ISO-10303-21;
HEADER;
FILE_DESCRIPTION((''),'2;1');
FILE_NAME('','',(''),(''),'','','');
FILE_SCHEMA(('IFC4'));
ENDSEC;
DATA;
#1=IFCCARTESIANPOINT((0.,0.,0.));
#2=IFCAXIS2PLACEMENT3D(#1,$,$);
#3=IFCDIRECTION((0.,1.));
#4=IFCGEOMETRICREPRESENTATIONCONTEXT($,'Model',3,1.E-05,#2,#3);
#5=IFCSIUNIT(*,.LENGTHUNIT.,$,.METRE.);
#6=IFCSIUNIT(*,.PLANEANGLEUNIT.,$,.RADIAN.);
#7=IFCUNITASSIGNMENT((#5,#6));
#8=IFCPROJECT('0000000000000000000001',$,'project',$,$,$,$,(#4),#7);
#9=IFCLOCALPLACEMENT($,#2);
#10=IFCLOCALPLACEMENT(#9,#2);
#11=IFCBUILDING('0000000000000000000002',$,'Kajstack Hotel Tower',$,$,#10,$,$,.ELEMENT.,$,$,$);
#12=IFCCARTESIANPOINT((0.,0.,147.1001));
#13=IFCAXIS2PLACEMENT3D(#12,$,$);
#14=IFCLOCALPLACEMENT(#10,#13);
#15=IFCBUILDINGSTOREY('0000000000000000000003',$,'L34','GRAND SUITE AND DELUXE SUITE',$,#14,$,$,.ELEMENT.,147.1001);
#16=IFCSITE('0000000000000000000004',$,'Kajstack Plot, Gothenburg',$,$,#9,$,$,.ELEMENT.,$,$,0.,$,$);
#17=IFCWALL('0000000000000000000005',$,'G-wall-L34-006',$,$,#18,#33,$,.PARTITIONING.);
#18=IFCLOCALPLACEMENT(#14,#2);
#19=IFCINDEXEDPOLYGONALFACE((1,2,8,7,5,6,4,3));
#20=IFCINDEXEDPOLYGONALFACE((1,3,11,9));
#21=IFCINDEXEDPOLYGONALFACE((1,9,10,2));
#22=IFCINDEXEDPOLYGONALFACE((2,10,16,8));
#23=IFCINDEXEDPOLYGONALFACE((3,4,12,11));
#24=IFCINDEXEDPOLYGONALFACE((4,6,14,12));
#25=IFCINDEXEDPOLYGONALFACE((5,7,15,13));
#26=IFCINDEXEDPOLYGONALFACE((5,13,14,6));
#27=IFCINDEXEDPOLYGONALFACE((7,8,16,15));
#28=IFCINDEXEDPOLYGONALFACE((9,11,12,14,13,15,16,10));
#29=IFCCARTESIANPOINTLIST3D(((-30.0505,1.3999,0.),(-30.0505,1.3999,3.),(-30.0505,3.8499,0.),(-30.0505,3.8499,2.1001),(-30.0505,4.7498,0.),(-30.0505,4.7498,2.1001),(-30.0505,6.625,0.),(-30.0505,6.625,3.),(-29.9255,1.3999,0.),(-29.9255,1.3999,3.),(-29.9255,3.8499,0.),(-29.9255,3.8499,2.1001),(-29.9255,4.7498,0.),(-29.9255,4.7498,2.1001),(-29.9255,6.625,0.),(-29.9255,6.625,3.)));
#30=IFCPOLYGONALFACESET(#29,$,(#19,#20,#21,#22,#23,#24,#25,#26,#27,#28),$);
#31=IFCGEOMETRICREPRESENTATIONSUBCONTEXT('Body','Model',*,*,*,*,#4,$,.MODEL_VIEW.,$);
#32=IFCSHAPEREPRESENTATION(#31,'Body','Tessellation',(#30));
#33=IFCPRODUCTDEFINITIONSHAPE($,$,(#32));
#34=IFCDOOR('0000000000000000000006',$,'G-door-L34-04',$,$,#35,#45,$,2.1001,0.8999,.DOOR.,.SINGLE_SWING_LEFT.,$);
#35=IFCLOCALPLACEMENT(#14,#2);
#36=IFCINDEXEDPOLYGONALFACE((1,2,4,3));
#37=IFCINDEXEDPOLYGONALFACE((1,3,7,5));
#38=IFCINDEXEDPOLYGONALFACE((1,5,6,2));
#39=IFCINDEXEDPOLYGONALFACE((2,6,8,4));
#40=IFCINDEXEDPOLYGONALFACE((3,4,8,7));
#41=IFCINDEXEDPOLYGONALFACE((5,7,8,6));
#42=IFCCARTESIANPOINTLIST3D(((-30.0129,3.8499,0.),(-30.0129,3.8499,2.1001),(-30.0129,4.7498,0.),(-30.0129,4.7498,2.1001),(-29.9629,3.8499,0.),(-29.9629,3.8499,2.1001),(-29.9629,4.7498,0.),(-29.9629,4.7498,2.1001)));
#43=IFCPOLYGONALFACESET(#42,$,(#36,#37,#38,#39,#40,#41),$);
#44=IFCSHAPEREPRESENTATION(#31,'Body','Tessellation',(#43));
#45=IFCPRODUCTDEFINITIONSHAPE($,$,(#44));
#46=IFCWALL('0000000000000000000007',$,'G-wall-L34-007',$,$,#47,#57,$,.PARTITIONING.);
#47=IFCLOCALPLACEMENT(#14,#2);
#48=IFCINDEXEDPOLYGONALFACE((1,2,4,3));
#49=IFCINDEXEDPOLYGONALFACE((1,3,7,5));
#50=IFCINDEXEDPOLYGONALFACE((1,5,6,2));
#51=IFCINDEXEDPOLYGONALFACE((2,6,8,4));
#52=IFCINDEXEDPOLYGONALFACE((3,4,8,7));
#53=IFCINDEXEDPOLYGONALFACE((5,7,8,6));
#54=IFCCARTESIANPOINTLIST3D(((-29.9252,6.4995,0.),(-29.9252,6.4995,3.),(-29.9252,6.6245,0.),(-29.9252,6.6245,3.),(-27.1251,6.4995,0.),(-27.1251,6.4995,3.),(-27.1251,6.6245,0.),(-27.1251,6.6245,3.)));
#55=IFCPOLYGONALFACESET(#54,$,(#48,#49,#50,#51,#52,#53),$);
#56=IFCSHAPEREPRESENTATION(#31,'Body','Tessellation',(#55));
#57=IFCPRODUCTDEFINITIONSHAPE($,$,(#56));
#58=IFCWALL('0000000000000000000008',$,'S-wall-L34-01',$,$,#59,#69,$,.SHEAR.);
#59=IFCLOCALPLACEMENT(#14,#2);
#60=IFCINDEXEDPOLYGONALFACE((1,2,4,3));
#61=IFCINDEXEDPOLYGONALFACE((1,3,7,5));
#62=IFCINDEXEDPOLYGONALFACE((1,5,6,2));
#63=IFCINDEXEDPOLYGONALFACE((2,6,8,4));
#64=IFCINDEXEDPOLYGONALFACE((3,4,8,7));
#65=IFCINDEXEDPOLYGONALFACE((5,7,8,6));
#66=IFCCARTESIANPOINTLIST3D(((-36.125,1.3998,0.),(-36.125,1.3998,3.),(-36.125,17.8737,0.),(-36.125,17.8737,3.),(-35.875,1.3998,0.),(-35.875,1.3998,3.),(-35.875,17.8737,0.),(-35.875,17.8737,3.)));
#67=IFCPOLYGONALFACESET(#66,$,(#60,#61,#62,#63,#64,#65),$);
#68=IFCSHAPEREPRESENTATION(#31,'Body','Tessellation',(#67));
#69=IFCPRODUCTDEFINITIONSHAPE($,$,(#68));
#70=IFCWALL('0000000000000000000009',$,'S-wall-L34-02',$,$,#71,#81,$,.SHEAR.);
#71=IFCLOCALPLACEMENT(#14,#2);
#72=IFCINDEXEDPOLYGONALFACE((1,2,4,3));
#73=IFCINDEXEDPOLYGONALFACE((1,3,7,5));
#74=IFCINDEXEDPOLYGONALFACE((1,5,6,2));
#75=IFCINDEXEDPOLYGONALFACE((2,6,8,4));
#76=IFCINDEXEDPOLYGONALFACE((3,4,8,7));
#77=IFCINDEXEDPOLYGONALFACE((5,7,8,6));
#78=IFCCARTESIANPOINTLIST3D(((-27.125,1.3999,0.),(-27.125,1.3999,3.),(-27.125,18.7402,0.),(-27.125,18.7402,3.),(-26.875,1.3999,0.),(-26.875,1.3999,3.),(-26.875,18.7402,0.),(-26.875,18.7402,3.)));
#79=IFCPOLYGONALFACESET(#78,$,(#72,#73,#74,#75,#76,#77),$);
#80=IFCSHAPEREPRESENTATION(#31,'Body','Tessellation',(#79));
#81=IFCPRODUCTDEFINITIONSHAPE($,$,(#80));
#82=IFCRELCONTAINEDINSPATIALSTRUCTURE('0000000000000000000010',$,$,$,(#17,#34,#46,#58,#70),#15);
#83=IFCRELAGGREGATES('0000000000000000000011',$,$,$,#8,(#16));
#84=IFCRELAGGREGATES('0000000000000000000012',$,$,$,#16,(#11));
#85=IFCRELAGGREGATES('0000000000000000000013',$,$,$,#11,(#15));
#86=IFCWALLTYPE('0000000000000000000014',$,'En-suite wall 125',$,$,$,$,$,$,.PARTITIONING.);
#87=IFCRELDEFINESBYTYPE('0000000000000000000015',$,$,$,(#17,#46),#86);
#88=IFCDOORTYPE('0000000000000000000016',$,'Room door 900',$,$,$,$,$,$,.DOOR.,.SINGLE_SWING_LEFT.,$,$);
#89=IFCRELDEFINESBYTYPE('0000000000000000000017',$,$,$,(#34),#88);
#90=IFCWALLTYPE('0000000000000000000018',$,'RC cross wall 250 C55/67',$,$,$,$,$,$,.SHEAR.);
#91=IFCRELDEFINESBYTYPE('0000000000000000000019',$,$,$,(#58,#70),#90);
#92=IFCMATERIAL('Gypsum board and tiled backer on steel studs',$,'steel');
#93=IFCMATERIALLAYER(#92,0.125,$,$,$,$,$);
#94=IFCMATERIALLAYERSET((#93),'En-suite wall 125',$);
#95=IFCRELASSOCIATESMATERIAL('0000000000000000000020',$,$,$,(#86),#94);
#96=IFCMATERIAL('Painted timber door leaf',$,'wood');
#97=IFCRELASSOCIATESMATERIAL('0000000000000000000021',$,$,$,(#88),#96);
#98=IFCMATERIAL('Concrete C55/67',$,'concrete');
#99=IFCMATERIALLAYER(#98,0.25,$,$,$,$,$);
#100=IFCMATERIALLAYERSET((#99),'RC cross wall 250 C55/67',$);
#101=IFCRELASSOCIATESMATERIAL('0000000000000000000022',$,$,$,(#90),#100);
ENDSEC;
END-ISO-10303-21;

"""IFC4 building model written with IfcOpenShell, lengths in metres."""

from ifc_helpers import new_model, si_unit, direction, frame, frame_2d, origin, place, context, subcontext, project, spatial, rectangle, extrude, material, layer, layer_set, type_object, element, fill, save


model = new_model("IFC4")

# Units and contexts
model_context = context("Model", 3, precision=1e-05, world=origin(), true_north=direction((0.0, 1.0)))
body_context = subcontext(model_context, "Body", "Model", "MODEL_VIEW")
ifc_project = project(units=[si_unit("LENGTHUNIT", "METRE"), si_unit("PLANEANGLEUNIT", "RADIAN")], contexts=[model_context])

# Site, building, storey
site_placement = place(None, origin())
site = spatial("IfcSite", under=ifc_project, at=site_placement, Name="Kajstack Plot, Gothenburg", CompositionType="ELEMENT", RefElevation=0.0)
building_placement = place(site_placement, origin())
building = spatial("IfcBuilding", under=site, at=building_placement, Name="Kajstack Hotel Tower", CompositionType="ELEMENT")
storey_placement = place(building_placement, frame((0.0, 0.0, 147.1001)))
storey = spatial("IfcBuildingStorey", under=building, at=storey_placement, Name="L34", Description="GRAND SUITE AND DELUXE SUITE", CompositionType="ELEMENT", Elevation=147.1001)

# Shared definitions
ifc_material_1 = material(Name="Gypsum board and tiled backer on steel studs", Category="steel")
ifc_layer_1 = layer(ifc_material_1, 0.125)
ifc_layer_set_1 = layer_set([ifc_layer_1], Name="En-suite wall 125")
wall_type_1 = type_object("IfcWallType", Name="En-suite wall 125", PredefinedType="PARTITIONING", material=ifc_layer_set_1)

# Wall, opening, door
wall_1_placement = place(storey_placement, frame((-29.988, 1.3999, 0.0), z_axis=(0.0, 0.0, 1.0), x_axis=(0.0, 1.0, 0.0)))
wall_1 = element("IfcWall", 1, at=wall_1_placement, inside=storey, type_object=wall_type_1, Name="G-wall-L34-006", PredefinedType="PARTITIONING", context=body_context, shape_type="SweptSolid", body=[
    extrude(rectangle(XDim=5.2251, YDim=0.125, at=frame_2d((2.6125, 0.0))), origin(), (0.0, 0.0, 1.0), 3.0),
])
opening_1_placement = place(wall_1_placement, frame((2.45, 0.0, 0.0)))
opening_1 = element("IfcOpeningElement", 2, at=opening_1_placement, cuts=wall_1, PredefinedType="OPENING", context=body_context, shape_type="SweptSolid", body=[
    extrude(rectangle(XDim=0.8999, YDim=2.1001, at=frame_2d((0.45, 1.05))), frame((0.0, 0.0725, 0.0), z_axis=(0.0, -1.0, 0.0), x_axis=(1.0, 0.0, 0.0)), (0.0, 0.0, 1.0), 0.145),
])
ifc_material_2 = material(Name="Painted timber door leaf", Category="wood")
door_type = type_object("IfcDoorType", Name="Room door 900", OperationType="SINGLE_SWING_LEFT", PredefinedType="DOOR", material=ifc_material_2)
door_placement = place(opening_1_placement, origin())
door = element("IfcDoor", 3, at=door_placement, inside=storey, type_object=door_type, Name="G-door-L34-04", OperationType="SINGLE_SWING_LEFT", OverallHeight=2.1001, OverallWidth=0.8999, PredefinedType="DOOR", context=body_context, shape_type="SweptSolid", body=[
    extrude(rectangle(XDim=0.8999, YDim=2.1001, at=frame_2d((0.45, 1.05))), frame((0.0, 0.0249, 0.0), z_axis=(0.0, -1.0, 0.0), x_axis=(1.0, 0.0, 0.0)), (0.0, 0.0, 1.0), 0.05),
])
fill(opening_1, door)

# Walls
wall_2_placement = place(storey_placement, frame((-29.925, 6.562, 0.0), z_axis=(0.0, 0.0, 1.0), x_axis=(1.0, 0.0, 0.0)))
element("IfcWall", 4, at=wall_2_placement, inside=storey, type_object=wall_type_1, Name="G-wall-L34-007", PredefinedType="PARTITIONING", context=body_context, shape_type="SweptSolid", body=[
    extrude(rectangle(XDim=2.8, YDim=0.125, at=frame_2d((1.3999, 0.0))), origin(), (0.0, 0.0, 1.0), 3.0),
])
ifc_material_3 = material(Name="Concrete C55/67", Category="concrete")
ifc_layer_2 = layer(ifc_material_3, 0.25)
ifc_layer_set_2 = layer_set([ifc_layer_2], Name="RC cross wall 250 C55/67")
wall_type_2 = type_object("IfcWallType", Name="RC cross wall 250 C55/67", PredefinedType="SHEAR", material=ifc_layer_set_2)
wall_3_placement = place(storey_placement, frame((-36.0, 1.3999, 0.0), z_axis=(0.0, 0.0, 1.0), x_axis=(0.0, 1.0, 0.0)))
element("IfcWall", 5, at=wall_3_placement, inside=storey, type_object=wall_type_2, Name="S-wall-L34-01", PredefinedType="SHEAR", context=body_context, shape_type="SweptSolid", body=[
    extrude(rectangle(XDim=16.4739, YDim=0.25, at=frame_2d((8.2368, 0.0))), origin(), (0.0, 0.0, 1.0), 3.0),
])
wall_4_placement = place(storey_placement, frame((-27.0, 1.3999, 0.0), z_axis=(0.0, 0.0, 1.0), x_axis=(0.0, 1.0, 0.0)))
element("IfcWall", 6, at=wall_4_placement, inside=storey, type_object=wall_type_2, Name="S-wall-L34-02", PredefinedType="SHEAR", context=body_context, shape_type="SweptSolid", body=[
    extrude(rectangle(XDim=17.3403, YDim=0.25, at=frame_2d((8.6702, 0.0))), origin(), (0.0, 0.0, 1.0), 3.0),
])

save(model, "model.ifc")
